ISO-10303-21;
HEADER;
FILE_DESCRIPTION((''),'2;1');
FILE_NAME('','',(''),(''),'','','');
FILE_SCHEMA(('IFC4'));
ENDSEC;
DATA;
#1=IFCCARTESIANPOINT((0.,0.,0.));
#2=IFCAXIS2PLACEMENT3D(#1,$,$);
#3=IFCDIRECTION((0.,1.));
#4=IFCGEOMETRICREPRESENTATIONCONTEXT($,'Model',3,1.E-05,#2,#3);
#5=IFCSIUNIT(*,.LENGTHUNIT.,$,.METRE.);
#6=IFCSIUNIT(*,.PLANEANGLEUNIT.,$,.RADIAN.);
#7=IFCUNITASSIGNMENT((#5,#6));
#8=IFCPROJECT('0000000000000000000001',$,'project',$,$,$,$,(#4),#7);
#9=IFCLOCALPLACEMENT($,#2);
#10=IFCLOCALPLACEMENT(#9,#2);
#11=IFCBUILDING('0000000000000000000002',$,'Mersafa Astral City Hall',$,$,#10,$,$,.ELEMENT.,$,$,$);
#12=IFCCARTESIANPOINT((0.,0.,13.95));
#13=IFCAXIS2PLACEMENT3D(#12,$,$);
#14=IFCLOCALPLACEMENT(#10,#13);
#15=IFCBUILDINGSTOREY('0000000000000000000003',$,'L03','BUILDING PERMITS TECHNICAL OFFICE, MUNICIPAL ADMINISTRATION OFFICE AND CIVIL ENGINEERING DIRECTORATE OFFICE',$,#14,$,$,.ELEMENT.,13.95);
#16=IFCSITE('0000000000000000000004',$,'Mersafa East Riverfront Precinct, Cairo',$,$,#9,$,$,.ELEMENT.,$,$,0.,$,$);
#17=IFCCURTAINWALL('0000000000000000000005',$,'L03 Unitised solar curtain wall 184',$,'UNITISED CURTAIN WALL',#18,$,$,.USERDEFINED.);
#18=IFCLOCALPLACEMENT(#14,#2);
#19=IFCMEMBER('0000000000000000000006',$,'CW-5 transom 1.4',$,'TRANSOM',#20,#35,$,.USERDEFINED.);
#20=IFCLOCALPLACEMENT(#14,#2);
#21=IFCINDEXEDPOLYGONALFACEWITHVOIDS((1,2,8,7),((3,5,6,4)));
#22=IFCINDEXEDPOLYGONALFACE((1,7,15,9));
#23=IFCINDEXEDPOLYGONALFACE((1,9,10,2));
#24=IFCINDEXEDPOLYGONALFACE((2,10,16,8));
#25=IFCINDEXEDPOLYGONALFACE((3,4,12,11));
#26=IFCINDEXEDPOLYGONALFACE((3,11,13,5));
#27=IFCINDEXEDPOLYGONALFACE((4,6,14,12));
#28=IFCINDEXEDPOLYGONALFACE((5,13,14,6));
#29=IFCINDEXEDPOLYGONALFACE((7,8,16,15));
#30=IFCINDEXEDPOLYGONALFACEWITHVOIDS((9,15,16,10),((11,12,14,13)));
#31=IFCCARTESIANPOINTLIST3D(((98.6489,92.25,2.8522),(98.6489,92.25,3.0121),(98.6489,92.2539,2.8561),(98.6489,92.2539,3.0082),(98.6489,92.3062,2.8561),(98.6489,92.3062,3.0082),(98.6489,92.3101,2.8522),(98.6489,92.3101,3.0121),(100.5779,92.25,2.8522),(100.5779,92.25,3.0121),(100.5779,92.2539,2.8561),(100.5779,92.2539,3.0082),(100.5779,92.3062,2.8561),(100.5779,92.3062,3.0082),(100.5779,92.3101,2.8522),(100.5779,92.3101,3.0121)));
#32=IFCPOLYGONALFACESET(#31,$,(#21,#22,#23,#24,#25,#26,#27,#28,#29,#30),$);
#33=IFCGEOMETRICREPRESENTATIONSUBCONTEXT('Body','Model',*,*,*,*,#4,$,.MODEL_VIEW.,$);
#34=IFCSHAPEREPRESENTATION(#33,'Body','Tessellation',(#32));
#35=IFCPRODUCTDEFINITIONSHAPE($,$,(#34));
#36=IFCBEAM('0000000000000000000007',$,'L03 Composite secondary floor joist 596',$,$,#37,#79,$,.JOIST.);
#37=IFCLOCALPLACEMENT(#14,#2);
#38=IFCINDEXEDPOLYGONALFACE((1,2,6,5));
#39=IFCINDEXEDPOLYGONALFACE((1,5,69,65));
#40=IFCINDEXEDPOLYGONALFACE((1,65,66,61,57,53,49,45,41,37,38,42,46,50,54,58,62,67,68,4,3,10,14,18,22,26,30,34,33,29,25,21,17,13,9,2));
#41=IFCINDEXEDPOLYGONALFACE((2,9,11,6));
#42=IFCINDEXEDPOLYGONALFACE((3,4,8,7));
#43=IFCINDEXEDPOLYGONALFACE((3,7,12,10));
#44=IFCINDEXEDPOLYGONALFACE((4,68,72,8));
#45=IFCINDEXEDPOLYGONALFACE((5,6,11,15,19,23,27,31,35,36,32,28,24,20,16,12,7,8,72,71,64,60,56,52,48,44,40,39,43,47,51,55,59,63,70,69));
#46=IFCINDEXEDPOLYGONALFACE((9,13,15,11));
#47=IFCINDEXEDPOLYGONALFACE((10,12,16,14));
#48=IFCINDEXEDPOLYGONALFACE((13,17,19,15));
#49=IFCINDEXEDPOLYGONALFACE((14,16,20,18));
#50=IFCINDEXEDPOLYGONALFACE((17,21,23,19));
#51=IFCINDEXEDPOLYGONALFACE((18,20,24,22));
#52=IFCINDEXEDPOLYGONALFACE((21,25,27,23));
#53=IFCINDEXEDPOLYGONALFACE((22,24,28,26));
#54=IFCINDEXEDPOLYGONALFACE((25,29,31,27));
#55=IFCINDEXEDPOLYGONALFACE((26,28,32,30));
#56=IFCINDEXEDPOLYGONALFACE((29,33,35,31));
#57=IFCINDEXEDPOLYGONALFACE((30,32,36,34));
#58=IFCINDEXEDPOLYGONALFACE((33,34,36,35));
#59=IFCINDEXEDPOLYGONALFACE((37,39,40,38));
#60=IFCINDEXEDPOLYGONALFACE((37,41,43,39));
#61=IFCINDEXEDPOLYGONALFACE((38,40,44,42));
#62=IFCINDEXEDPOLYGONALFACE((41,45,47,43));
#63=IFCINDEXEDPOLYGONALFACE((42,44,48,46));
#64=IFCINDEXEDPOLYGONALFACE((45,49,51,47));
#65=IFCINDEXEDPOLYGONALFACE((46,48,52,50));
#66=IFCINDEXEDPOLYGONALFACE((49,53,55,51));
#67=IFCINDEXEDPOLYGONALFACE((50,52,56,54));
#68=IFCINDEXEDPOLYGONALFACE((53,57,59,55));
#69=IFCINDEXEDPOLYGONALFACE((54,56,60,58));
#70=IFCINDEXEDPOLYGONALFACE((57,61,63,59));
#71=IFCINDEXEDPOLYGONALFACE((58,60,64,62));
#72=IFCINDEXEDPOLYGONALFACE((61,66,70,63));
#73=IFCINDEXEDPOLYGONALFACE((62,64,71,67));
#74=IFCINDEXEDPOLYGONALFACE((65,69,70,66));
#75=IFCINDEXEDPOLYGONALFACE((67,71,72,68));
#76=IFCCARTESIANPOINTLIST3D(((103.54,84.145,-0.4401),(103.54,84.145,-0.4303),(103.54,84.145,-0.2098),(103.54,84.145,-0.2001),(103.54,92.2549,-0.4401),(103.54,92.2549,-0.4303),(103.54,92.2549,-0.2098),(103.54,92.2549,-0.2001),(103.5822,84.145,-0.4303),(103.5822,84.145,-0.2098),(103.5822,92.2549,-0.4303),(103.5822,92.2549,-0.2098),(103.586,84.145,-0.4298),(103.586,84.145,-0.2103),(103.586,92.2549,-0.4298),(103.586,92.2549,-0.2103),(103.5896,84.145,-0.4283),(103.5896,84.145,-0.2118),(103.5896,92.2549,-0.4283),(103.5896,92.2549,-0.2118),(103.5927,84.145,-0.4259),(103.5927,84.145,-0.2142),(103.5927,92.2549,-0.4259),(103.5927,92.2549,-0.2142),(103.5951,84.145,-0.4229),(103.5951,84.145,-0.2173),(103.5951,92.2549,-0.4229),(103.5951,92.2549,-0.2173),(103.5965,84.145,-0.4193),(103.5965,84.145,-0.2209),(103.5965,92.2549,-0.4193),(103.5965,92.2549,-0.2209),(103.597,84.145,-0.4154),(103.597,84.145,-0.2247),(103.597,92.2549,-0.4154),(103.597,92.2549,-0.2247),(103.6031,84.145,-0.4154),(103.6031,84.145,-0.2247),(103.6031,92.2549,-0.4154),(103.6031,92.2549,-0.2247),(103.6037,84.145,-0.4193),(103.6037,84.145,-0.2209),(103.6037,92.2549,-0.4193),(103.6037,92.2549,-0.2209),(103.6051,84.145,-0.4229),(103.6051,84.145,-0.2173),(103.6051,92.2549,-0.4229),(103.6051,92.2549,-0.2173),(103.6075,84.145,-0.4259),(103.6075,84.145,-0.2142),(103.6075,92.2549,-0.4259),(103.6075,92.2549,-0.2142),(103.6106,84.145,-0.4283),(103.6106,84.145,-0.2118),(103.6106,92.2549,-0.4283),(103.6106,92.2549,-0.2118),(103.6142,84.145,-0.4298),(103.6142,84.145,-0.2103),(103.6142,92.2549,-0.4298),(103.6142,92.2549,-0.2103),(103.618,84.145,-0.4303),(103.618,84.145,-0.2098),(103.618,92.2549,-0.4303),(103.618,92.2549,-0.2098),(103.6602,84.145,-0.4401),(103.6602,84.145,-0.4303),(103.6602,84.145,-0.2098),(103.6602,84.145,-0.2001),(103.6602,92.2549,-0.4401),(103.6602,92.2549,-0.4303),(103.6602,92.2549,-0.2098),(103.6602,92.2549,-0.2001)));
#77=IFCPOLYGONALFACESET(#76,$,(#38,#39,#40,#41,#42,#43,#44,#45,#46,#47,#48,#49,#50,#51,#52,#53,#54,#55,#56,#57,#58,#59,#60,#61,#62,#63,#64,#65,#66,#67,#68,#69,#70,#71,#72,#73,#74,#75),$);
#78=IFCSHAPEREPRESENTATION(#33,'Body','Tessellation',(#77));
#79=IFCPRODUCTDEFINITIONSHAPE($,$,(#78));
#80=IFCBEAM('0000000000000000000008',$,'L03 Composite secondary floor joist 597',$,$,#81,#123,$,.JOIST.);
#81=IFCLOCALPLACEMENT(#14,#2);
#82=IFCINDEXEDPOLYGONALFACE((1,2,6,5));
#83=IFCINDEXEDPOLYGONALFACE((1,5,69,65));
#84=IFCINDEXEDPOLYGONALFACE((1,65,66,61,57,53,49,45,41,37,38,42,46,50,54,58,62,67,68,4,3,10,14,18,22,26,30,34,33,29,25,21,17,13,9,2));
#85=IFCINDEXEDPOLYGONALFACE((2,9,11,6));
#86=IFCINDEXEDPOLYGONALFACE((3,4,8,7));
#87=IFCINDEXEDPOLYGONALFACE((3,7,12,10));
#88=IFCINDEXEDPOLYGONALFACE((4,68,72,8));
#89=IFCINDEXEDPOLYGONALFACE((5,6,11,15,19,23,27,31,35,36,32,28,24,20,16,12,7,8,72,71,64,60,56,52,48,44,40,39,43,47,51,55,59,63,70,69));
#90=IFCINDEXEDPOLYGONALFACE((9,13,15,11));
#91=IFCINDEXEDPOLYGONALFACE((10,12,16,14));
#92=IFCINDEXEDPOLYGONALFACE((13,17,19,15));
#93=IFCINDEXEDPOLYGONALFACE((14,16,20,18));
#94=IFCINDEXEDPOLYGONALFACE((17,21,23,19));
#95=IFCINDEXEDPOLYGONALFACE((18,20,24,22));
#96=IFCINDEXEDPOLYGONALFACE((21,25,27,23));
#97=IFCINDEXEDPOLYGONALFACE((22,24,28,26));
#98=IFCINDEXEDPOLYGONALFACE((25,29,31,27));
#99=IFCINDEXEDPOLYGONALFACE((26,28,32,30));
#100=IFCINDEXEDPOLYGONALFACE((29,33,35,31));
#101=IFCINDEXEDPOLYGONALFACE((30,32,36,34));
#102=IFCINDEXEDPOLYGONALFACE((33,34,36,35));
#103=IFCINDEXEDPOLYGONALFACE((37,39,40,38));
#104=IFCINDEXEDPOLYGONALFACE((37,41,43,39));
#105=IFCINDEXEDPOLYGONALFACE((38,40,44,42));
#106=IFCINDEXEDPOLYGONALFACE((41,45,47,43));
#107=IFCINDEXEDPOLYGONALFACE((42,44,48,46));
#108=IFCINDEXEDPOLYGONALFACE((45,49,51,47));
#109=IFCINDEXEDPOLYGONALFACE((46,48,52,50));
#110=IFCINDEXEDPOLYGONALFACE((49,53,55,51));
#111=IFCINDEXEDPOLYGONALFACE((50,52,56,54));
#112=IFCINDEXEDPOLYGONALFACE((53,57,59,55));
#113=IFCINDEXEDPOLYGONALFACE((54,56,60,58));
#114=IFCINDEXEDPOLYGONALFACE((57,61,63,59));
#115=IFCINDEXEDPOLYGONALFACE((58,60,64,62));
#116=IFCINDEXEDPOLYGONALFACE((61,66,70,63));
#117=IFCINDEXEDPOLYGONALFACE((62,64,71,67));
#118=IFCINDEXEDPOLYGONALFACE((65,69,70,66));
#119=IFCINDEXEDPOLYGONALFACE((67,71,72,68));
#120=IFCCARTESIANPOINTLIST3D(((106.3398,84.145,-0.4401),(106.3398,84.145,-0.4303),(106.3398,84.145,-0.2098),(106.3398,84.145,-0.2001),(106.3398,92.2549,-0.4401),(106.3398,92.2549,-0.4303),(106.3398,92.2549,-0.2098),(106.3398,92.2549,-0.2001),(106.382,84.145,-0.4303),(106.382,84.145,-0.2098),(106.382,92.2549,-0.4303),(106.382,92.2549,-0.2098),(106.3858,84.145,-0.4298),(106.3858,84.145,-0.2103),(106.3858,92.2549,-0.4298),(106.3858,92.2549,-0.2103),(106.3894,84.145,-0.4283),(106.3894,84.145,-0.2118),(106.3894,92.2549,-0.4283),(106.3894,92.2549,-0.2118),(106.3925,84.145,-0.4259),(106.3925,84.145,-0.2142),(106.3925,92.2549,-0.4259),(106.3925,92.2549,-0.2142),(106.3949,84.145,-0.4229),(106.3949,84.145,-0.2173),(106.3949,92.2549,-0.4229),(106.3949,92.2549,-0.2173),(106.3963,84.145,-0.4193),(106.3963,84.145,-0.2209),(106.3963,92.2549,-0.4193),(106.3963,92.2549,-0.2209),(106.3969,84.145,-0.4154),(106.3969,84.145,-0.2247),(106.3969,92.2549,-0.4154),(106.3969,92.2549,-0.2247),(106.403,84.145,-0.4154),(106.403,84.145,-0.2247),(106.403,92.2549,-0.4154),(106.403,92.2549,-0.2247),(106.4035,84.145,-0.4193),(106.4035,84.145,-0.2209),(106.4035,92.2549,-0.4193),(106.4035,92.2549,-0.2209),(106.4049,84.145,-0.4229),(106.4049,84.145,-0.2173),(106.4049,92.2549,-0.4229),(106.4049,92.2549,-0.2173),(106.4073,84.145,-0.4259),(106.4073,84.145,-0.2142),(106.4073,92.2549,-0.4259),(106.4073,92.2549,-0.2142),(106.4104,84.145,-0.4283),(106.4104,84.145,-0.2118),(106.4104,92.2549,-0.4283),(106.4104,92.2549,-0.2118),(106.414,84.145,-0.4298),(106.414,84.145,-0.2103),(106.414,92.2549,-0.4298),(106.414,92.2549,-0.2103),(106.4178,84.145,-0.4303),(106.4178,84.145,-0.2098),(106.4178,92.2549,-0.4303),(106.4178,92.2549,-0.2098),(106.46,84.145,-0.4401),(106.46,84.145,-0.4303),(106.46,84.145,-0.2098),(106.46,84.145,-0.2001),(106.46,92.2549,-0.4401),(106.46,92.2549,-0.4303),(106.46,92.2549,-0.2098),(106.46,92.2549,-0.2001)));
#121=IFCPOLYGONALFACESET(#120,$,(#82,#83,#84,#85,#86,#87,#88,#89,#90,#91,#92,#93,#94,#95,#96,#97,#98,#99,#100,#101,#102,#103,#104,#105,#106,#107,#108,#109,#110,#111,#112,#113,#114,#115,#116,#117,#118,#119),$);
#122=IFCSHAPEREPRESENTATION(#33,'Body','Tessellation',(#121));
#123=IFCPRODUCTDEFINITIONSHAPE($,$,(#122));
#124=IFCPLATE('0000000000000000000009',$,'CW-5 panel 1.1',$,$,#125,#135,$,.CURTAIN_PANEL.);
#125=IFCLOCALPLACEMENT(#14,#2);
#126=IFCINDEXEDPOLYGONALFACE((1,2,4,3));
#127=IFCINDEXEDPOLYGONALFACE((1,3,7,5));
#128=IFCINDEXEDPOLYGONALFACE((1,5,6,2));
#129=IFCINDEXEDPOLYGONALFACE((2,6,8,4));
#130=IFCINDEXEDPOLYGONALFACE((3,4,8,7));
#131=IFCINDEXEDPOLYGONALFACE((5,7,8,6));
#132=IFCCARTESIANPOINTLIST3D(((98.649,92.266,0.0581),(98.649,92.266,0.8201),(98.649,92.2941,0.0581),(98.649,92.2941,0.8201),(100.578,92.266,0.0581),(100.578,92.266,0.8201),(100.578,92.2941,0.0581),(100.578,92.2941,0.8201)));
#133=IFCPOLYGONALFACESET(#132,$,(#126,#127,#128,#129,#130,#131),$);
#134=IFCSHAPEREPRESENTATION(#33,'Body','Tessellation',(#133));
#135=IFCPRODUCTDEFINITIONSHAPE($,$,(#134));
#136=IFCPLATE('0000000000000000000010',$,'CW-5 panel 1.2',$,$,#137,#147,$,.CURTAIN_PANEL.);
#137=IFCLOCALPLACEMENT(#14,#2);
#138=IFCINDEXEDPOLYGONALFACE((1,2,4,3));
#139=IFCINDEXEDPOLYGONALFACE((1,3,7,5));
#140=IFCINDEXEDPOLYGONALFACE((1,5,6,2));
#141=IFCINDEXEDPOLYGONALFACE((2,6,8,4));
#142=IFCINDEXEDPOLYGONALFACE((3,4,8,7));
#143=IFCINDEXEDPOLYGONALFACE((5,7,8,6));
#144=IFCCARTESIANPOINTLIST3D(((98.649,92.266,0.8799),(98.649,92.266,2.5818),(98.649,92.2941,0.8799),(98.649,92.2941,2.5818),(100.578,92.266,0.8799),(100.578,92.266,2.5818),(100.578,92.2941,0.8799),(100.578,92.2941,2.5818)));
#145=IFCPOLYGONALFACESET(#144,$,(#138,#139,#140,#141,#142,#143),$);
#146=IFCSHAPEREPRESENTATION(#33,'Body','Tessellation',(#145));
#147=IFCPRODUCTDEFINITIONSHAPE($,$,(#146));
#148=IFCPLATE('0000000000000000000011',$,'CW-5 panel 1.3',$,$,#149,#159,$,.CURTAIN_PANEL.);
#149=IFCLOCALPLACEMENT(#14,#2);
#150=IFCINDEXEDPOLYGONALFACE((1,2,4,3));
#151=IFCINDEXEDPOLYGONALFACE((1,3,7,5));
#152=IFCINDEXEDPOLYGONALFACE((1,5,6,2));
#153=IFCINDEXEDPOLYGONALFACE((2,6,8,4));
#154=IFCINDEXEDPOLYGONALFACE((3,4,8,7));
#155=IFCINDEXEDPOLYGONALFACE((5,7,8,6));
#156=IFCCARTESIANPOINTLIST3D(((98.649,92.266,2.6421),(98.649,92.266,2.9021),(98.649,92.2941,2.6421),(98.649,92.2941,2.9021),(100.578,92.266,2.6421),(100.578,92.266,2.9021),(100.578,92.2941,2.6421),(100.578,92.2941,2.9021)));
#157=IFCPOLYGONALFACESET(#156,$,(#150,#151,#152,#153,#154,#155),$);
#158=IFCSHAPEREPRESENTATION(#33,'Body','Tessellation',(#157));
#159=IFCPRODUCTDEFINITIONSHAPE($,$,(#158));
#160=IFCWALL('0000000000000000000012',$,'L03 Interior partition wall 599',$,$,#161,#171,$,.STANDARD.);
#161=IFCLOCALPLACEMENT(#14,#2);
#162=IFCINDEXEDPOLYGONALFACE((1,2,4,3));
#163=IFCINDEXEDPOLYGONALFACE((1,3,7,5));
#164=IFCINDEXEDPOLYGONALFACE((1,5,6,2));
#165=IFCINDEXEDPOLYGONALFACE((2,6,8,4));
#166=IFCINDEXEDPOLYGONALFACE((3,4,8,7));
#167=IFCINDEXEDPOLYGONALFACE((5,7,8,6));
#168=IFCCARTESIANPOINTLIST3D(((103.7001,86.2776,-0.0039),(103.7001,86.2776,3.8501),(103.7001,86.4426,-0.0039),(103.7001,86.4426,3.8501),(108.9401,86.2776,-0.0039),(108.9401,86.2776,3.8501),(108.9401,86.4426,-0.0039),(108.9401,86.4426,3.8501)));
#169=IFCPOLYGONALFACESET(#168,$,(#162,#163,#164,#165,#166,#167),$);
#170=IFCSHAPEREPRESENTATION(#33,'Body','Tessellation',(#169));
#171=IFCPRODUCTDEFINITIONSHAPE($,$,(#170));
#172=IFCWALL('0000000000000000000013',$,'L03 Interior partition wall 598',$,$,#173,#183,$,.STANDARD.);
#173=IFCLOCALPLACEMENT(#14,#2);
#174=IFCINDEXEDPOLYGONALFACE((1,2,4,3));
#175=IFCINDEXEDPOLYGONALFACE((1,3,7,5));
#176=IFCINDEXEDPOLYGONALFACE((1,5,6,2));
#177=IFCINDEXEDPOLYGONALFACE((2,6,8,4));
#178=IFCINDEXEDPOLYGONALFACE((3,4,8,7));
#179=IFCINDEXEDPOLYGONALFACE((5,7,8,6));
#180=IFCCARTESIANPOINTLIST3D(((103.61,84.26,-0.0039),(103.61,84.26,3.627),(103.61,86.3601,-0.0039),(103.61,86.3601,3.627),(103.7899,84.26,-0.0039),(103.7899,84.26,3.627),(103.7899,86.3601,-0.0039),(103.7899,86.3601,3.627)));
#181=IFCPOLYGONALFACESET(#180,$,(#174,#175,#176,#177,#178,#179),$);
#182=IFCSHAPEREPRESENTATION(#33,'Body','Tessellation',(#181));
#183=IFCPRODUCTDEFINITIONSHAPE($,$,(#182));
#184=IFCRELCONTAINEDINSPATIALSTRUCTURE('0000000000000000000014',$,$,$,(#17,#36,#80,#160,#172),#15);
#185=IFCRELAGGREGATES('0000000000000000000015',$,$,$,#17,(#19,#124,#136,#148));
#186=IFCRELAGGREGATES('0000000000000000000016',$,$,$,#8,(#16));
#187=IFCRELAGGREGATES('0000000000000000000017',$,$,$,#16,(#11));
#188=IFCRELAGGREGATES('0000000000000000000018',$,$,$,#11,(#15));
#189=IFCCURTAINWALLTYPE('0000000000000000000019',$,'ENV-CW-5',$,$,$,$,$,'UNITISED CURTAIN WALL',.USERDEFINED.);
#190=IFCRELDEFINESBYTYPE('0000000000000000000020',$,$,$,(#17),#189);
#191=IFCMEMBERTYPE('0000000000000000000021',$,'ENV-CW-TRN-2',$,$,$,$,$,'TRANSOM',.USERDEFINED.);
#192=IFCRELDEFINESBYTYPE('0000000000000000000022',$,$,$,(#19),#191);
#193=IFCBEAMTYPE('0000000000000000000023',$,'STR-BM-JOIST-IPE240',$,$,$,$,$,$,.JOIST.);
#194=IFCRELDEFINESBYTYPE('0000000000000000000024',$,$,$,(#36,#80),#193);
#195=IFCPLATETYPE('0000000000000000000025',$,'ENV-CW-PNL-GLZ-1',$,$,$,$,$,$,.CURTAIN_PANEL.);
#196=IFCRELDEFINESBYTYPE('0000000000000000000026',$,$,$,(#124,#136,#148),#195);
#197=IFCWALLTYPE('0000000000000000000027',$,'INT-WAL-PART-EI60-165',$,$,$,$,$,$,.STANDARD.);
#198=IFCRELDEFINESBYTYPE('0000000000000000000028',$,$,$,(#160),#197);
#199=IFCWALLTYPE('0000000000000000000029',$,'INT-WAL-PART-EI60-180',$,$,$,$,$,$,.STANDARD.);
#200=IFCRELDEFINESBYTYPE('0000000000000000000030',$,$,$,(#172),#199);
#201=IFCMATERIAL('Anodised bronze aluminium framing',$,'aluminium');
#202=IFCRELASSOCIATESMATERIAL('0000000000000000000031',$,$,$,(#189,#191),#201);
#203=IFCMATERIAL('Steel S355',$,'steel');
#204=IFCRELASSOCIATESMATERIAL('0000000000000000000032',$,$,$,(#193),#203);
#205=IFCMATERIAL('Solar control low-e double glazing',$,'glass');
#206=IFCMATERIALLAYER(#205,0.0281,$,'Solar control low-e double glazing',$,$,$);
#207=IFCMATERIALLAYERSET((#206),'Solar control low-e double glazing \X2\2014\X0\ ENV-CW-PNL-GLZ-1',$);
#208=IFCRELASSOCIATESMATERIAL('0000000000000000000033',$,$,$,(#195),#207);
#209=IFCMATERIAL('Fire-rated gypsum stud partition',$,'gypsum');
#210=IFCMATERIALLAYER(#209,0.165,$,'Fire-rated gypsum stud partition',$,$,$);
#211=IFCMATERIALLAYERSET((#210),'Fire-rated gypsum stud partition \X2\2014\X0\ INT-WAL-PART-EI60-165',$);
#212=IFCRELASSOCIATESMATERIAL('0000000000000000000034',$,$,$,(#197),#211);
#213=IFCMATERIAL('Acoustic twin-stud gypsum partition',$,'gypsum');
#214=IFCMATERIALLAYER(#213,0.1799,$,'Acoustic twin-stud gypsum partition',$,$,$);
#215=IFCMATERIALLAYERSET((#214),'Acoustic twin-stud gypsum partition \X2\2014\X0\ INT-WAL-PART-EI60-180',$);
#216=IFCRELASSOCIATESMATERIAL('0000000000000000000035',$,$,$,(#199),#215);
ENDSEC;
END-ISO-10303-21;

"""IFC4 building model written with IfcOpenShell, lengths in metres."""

from ifc_helpers import new_model, si_unit, direction, frame, frame_2d, origin, origin_2d, place, context, subcontext, project, spatial, rectangle, hollow_rectangle, i_section, extrude, material, layer, layer_set, material_profile, profile_set, type_object, element, aggregate, save


model = new_model("IFC4")

# Units and contexts
model_context = context("Model", 3, precision=1e-05, world=origin(), true_north=direction((0.0, 1.0)))
body_context = subcontext(model_context, "Body", "Model", "MODEL_VIEW")
ifc_project = project(units=[si_unit("LENGTHUNIT", "METRE"), si_unit("PLANEANGLEUNIT", "RADIAN")], contexts=[model_context])

# Site, building, storey
site_placement = place(None, origin())
site = spatial("IfcSite", under=ifc_project, at=site_placement, Name="Mersafa East Riverfront Precinct, Cairo", CompositionType="ELEMENT", RefElevation=0.0)
building_placement = place(site_placement, origin())
building = spatial("IfcBuilding", under=site, at=building_placement, Name="Mersafa Astral City Hall", CompositionType="ELEMENT")
storey_placement = place(building_placement, frame((0.0, 0.0, 13.95)))
storey = spatial("IfcBuildingStorey", under=building, at=storey_placement, Name="L03", Description="BUILDING PERMITS TECHNICAL OFFICE, MUNICIPAL ADMINISTRATION OFFICE AND CIVIL ENGINEERING DIRECTORATE OFFICE", CompositionType="ELEMENT", Elevation=13.95)

# Shared definitions
ifc_material_1 = material(Name="Steel S355", Category="steel")

# Curtain wall, member
ifc_material_2 = material(Name="Anodised bronze aluminium framing", Category="aluminium")
curtain_wall_type = type_object("IfcCurtainWallType", Name="ENV-CW-5", ElementType="UNITISED CURTAIN WALL", PredefinedType="USERDEFINED", material=ifc_material_2)
curtain_wall_placement = place(storey_placement, origin())
curtain_wall = element("IfcCurtainWall", 1, at=curtain_wall_placement, inside=storey, type_object=curtain_wall_type, Name="L03 Unitised solar curtain wall 184", ObjectType="UNITISED CURTAIN WALL", PredefinedType="USERDEFINED")
ifc_material_profile_1 = material_profile(ifc_material_2, hollow_rectangle(XDim=0.0601, YDim=0.1599, WallThickness=0.0039, at=origin_2d()), Name="RHS 60x160x4")
ifc_profile_set_1 = profile_set([ifc_material_profile_1], Name="Anodised bronze aluminium framing")
member_type_1 = type_object("IfcMemberType", Name="ENV-CW-TRN-2", ElementType="TRANSOM", PredefinedType="USERDEFINED", material=ifc_profile_set_1)
member_1_placement = place(storey_placement, frame((100.5779, 92.28, 2.9321), z_axis=(-1.0, 0.0, 0.0), x_axis=(0.0, -1.0, 0.0)))
member_1 = element("IfcMember", 2, at=member_1_placement, type_object=member_type_1, Name="CW-5 transom 1.4", ObjectType="TRANSOM", PredefinedType="USERDEFINED", context=body_context, shape_type="SweptSolid", body=[
    extrude(hollow_rectangle(XDim=0.0601, YDim=0.1599, WallThickness=0.0039, at=origin_2d()), origin(), (0.0, 0.0, 1.0), 1.929),
])

# Beams
ifc_material_profile_2 = material_profile(ifc_material_1, i_section(OverallWidth=0.1201, OverallDepth=0.24, WebThickness=0.0061, FlangeThickness=0.0098, FilletRadius=0.0149, at=origin_2d()), Name="IPE 240")
ifc_profile_set_2 = profile_set([ifc_material_profile_2], Name="Steel S355")
beam_type = type_object("IfcBeamType", Name="STR-BM-JOIST-IPE240", PredefinedType="JOIST", material=ifc_profile_set_2)
for number, where, z_axis, x_axis, name in (
    (3, (103.6001, 84.145, -0.3201), (0.0, 1.0, 0.0), (-1.0, 0.0, 0.0), "L03 Composite secondary floor joist 596"),
    (4, (106.3999, 84.145, -0.3201), (0.0, 1.0, 0.0), (-1.0, 0.0, 0.0), "L03 Composite secondary floor joist 597"),
):
    element("IfcBeam", number, at=place(storey_placement, frame(where, z_axis=z_axis, x_axis=x_axis)), inside=storey, type_object=beam_type, Name=name, PredefinedType="JOIST", context=body_context, shape_type="SweptSolid", body=[
        extrude(i_section(OverallWidth=0.1201, OverallDepth=0.24, WebThickness=0.0061, FlangeThickness=0.0098, FilletRadius=0.0149, at=origin_2d()), origin(), (0.0, 0.0, 1.0), 8.1099),
    ])

# Plates
ifc_material_3 = material(Name="Solar control low-e double glazing", Category="glass")
ifc_layer_1 = layer(ifc_material_3, 0.0281, Name="Solar control low-e double glazing")
ifc_layer_set_1 = layer_set([ifc_layer_1], Name="Solar control low-e double glazing — ENV-CW-PNL-GLZ-1")
plate_type = type_object("IfcPlateType", Name="ENV-CW-PNL-GLZ-1", PredefinedType="CURTAIN_PANEL", material=ifc_layer_set_1)
plate_1_placement = place(storey_placement, frame((99.6135, 92.28, 0.0581), z_axis=(0.0, 0.0, 1.0), x_axis=(-1.0, 0.0, 0.0)))
plate_1 = element("IfcPlate", 5, at=plate_1_placement, type_object=plate_type, Name="CW-5 panel 1.1", PredefinedType="CURTAIN_PANEL", context=body_context, shape_type="SweptSolid", body=[
    extrude(rectangle(XDim=1.929, YDim=0.0281, at=origin_2d()), origin(), (0.0, 0.0, 1.0), 0.762),
])
plate_2_placement = place(storey_placement, frame((99.6135, 92.28, 0.8799), z_axis=(0.0, 0.0, 1.0), x_axis=(-1.0, 0.0, 0.0)))
plate_2 = element("IfcPlate", 6, at=plate_2_placement, type_object=plate_type, Name="CW-5 panel 1.2", PredefinedType="CURTAIN_PANEL", context=body_context, shape_type="SweptSolid", body=[
    extrude(rectangle(XDim=1.929, YDim=0.0281, at=origin_2d()), origin(), (0.0, 0.0, 1.0), 1.7019),
])
plate_3_placement = place(storey_placement, frame((99.6135, 92.28, 2.6421), z_axis=(0.0, 0.0, 1.0), x_axis=(-1.0, 0.0, 0.0)))
plate_3 = element("IfcPlate", 7, at=plate_3_placement, type_object=plate_type, Name="CW-5 panel 1.3", PredefinedType="CURTAIN_PANEL", context=body_context, shape_type="SweptSolid", body=[
    extrude(rectangle(XDim=1.929, YDim=0.0281, at=origin_2d()), origin(), (0.0, 0.0, 1.0), 0.26),
])
aggregate(curtain_wall, [member_1, plate_1, plate_2, plate_3])

# Walls
ifc_material_4 = material(Name="Fire-rated gypsum stud partition", Category="gypsum")
ifc_layer_2 = layer(ifc_material_4, 0.165, Name="Fire-rated gypsum stud partition")
ifc_layer_set_2 = layer_set([ifc_layer_2], Name="Fire-rated gypsum stud partition — INT-WAL-PART-EI60-165")
wall_type_1 = type_object("IfcWallType", Name="INT-WAL-PART-EI60-165", PredefinedType="STANDARD", material=ifc_layer_set_2)
wall_1_placement = place(storey_placement, frame((103.7, 86.3601, -0.0039), z_axis=(0.0, 0.0, 1.0), x_axis=(1.0, 0.0, 0.0)))
element("IfcWall", 8, at=wall_1_placement, inside=storey, type_object=wall_type_1, Name="L03 Interior partition wall 599", PredefinedType="STANDARD", context=body_context, shape_type="SweptSolid", body=[
    extrude(rectangle(XDim=5.24, YDim=0.165, at=frame_2d((2.6201, 0.0))), origin(), (0.0, 0.0, 1.0), 3.854),
])
ifc_material_5 = material(Name="Acoustic twin-stud gypsum partition", Category="gypsum")
ifc_layer_3 = layer(ifc_material_5, 0.1799, Name="Acoustic twin-stud gypsum partition")
ifc_layer_set_3 = layer_set([ifc_layer_3], Name="Acoustic twin-stud gypsum partition — INT-WAL-PART-EI60-180")
wall_type_2 = type_object("IfcWallType", Name="INT-WAL-PART-EI60-180", PredefinedType="STANDARD", material=ifc_layer_set_3)
wall_2_placement = place(storey_placement, frame((103.7, 84.26, -0.0039), z_axis=(0.0, 0.0, 1.0), x_axis=(0.0, 1.0, 0.0)))
element("IfcWall", 9, at=wall_2_placement, inside=storey, type_object=wall_type_2, Name="L03 Interior partition wall 598", PredefinedType="STANDARD", context=body_context, shape_type="SweptSolid", body=[
    extrude(rectangle(XDim=2.1001, YDim=0.1799, at=frame_2d((1.05, 0.0))), origin(), (0.0, 0.0, 1.0), 3.6309),
])

save(model, "model.ifc")
